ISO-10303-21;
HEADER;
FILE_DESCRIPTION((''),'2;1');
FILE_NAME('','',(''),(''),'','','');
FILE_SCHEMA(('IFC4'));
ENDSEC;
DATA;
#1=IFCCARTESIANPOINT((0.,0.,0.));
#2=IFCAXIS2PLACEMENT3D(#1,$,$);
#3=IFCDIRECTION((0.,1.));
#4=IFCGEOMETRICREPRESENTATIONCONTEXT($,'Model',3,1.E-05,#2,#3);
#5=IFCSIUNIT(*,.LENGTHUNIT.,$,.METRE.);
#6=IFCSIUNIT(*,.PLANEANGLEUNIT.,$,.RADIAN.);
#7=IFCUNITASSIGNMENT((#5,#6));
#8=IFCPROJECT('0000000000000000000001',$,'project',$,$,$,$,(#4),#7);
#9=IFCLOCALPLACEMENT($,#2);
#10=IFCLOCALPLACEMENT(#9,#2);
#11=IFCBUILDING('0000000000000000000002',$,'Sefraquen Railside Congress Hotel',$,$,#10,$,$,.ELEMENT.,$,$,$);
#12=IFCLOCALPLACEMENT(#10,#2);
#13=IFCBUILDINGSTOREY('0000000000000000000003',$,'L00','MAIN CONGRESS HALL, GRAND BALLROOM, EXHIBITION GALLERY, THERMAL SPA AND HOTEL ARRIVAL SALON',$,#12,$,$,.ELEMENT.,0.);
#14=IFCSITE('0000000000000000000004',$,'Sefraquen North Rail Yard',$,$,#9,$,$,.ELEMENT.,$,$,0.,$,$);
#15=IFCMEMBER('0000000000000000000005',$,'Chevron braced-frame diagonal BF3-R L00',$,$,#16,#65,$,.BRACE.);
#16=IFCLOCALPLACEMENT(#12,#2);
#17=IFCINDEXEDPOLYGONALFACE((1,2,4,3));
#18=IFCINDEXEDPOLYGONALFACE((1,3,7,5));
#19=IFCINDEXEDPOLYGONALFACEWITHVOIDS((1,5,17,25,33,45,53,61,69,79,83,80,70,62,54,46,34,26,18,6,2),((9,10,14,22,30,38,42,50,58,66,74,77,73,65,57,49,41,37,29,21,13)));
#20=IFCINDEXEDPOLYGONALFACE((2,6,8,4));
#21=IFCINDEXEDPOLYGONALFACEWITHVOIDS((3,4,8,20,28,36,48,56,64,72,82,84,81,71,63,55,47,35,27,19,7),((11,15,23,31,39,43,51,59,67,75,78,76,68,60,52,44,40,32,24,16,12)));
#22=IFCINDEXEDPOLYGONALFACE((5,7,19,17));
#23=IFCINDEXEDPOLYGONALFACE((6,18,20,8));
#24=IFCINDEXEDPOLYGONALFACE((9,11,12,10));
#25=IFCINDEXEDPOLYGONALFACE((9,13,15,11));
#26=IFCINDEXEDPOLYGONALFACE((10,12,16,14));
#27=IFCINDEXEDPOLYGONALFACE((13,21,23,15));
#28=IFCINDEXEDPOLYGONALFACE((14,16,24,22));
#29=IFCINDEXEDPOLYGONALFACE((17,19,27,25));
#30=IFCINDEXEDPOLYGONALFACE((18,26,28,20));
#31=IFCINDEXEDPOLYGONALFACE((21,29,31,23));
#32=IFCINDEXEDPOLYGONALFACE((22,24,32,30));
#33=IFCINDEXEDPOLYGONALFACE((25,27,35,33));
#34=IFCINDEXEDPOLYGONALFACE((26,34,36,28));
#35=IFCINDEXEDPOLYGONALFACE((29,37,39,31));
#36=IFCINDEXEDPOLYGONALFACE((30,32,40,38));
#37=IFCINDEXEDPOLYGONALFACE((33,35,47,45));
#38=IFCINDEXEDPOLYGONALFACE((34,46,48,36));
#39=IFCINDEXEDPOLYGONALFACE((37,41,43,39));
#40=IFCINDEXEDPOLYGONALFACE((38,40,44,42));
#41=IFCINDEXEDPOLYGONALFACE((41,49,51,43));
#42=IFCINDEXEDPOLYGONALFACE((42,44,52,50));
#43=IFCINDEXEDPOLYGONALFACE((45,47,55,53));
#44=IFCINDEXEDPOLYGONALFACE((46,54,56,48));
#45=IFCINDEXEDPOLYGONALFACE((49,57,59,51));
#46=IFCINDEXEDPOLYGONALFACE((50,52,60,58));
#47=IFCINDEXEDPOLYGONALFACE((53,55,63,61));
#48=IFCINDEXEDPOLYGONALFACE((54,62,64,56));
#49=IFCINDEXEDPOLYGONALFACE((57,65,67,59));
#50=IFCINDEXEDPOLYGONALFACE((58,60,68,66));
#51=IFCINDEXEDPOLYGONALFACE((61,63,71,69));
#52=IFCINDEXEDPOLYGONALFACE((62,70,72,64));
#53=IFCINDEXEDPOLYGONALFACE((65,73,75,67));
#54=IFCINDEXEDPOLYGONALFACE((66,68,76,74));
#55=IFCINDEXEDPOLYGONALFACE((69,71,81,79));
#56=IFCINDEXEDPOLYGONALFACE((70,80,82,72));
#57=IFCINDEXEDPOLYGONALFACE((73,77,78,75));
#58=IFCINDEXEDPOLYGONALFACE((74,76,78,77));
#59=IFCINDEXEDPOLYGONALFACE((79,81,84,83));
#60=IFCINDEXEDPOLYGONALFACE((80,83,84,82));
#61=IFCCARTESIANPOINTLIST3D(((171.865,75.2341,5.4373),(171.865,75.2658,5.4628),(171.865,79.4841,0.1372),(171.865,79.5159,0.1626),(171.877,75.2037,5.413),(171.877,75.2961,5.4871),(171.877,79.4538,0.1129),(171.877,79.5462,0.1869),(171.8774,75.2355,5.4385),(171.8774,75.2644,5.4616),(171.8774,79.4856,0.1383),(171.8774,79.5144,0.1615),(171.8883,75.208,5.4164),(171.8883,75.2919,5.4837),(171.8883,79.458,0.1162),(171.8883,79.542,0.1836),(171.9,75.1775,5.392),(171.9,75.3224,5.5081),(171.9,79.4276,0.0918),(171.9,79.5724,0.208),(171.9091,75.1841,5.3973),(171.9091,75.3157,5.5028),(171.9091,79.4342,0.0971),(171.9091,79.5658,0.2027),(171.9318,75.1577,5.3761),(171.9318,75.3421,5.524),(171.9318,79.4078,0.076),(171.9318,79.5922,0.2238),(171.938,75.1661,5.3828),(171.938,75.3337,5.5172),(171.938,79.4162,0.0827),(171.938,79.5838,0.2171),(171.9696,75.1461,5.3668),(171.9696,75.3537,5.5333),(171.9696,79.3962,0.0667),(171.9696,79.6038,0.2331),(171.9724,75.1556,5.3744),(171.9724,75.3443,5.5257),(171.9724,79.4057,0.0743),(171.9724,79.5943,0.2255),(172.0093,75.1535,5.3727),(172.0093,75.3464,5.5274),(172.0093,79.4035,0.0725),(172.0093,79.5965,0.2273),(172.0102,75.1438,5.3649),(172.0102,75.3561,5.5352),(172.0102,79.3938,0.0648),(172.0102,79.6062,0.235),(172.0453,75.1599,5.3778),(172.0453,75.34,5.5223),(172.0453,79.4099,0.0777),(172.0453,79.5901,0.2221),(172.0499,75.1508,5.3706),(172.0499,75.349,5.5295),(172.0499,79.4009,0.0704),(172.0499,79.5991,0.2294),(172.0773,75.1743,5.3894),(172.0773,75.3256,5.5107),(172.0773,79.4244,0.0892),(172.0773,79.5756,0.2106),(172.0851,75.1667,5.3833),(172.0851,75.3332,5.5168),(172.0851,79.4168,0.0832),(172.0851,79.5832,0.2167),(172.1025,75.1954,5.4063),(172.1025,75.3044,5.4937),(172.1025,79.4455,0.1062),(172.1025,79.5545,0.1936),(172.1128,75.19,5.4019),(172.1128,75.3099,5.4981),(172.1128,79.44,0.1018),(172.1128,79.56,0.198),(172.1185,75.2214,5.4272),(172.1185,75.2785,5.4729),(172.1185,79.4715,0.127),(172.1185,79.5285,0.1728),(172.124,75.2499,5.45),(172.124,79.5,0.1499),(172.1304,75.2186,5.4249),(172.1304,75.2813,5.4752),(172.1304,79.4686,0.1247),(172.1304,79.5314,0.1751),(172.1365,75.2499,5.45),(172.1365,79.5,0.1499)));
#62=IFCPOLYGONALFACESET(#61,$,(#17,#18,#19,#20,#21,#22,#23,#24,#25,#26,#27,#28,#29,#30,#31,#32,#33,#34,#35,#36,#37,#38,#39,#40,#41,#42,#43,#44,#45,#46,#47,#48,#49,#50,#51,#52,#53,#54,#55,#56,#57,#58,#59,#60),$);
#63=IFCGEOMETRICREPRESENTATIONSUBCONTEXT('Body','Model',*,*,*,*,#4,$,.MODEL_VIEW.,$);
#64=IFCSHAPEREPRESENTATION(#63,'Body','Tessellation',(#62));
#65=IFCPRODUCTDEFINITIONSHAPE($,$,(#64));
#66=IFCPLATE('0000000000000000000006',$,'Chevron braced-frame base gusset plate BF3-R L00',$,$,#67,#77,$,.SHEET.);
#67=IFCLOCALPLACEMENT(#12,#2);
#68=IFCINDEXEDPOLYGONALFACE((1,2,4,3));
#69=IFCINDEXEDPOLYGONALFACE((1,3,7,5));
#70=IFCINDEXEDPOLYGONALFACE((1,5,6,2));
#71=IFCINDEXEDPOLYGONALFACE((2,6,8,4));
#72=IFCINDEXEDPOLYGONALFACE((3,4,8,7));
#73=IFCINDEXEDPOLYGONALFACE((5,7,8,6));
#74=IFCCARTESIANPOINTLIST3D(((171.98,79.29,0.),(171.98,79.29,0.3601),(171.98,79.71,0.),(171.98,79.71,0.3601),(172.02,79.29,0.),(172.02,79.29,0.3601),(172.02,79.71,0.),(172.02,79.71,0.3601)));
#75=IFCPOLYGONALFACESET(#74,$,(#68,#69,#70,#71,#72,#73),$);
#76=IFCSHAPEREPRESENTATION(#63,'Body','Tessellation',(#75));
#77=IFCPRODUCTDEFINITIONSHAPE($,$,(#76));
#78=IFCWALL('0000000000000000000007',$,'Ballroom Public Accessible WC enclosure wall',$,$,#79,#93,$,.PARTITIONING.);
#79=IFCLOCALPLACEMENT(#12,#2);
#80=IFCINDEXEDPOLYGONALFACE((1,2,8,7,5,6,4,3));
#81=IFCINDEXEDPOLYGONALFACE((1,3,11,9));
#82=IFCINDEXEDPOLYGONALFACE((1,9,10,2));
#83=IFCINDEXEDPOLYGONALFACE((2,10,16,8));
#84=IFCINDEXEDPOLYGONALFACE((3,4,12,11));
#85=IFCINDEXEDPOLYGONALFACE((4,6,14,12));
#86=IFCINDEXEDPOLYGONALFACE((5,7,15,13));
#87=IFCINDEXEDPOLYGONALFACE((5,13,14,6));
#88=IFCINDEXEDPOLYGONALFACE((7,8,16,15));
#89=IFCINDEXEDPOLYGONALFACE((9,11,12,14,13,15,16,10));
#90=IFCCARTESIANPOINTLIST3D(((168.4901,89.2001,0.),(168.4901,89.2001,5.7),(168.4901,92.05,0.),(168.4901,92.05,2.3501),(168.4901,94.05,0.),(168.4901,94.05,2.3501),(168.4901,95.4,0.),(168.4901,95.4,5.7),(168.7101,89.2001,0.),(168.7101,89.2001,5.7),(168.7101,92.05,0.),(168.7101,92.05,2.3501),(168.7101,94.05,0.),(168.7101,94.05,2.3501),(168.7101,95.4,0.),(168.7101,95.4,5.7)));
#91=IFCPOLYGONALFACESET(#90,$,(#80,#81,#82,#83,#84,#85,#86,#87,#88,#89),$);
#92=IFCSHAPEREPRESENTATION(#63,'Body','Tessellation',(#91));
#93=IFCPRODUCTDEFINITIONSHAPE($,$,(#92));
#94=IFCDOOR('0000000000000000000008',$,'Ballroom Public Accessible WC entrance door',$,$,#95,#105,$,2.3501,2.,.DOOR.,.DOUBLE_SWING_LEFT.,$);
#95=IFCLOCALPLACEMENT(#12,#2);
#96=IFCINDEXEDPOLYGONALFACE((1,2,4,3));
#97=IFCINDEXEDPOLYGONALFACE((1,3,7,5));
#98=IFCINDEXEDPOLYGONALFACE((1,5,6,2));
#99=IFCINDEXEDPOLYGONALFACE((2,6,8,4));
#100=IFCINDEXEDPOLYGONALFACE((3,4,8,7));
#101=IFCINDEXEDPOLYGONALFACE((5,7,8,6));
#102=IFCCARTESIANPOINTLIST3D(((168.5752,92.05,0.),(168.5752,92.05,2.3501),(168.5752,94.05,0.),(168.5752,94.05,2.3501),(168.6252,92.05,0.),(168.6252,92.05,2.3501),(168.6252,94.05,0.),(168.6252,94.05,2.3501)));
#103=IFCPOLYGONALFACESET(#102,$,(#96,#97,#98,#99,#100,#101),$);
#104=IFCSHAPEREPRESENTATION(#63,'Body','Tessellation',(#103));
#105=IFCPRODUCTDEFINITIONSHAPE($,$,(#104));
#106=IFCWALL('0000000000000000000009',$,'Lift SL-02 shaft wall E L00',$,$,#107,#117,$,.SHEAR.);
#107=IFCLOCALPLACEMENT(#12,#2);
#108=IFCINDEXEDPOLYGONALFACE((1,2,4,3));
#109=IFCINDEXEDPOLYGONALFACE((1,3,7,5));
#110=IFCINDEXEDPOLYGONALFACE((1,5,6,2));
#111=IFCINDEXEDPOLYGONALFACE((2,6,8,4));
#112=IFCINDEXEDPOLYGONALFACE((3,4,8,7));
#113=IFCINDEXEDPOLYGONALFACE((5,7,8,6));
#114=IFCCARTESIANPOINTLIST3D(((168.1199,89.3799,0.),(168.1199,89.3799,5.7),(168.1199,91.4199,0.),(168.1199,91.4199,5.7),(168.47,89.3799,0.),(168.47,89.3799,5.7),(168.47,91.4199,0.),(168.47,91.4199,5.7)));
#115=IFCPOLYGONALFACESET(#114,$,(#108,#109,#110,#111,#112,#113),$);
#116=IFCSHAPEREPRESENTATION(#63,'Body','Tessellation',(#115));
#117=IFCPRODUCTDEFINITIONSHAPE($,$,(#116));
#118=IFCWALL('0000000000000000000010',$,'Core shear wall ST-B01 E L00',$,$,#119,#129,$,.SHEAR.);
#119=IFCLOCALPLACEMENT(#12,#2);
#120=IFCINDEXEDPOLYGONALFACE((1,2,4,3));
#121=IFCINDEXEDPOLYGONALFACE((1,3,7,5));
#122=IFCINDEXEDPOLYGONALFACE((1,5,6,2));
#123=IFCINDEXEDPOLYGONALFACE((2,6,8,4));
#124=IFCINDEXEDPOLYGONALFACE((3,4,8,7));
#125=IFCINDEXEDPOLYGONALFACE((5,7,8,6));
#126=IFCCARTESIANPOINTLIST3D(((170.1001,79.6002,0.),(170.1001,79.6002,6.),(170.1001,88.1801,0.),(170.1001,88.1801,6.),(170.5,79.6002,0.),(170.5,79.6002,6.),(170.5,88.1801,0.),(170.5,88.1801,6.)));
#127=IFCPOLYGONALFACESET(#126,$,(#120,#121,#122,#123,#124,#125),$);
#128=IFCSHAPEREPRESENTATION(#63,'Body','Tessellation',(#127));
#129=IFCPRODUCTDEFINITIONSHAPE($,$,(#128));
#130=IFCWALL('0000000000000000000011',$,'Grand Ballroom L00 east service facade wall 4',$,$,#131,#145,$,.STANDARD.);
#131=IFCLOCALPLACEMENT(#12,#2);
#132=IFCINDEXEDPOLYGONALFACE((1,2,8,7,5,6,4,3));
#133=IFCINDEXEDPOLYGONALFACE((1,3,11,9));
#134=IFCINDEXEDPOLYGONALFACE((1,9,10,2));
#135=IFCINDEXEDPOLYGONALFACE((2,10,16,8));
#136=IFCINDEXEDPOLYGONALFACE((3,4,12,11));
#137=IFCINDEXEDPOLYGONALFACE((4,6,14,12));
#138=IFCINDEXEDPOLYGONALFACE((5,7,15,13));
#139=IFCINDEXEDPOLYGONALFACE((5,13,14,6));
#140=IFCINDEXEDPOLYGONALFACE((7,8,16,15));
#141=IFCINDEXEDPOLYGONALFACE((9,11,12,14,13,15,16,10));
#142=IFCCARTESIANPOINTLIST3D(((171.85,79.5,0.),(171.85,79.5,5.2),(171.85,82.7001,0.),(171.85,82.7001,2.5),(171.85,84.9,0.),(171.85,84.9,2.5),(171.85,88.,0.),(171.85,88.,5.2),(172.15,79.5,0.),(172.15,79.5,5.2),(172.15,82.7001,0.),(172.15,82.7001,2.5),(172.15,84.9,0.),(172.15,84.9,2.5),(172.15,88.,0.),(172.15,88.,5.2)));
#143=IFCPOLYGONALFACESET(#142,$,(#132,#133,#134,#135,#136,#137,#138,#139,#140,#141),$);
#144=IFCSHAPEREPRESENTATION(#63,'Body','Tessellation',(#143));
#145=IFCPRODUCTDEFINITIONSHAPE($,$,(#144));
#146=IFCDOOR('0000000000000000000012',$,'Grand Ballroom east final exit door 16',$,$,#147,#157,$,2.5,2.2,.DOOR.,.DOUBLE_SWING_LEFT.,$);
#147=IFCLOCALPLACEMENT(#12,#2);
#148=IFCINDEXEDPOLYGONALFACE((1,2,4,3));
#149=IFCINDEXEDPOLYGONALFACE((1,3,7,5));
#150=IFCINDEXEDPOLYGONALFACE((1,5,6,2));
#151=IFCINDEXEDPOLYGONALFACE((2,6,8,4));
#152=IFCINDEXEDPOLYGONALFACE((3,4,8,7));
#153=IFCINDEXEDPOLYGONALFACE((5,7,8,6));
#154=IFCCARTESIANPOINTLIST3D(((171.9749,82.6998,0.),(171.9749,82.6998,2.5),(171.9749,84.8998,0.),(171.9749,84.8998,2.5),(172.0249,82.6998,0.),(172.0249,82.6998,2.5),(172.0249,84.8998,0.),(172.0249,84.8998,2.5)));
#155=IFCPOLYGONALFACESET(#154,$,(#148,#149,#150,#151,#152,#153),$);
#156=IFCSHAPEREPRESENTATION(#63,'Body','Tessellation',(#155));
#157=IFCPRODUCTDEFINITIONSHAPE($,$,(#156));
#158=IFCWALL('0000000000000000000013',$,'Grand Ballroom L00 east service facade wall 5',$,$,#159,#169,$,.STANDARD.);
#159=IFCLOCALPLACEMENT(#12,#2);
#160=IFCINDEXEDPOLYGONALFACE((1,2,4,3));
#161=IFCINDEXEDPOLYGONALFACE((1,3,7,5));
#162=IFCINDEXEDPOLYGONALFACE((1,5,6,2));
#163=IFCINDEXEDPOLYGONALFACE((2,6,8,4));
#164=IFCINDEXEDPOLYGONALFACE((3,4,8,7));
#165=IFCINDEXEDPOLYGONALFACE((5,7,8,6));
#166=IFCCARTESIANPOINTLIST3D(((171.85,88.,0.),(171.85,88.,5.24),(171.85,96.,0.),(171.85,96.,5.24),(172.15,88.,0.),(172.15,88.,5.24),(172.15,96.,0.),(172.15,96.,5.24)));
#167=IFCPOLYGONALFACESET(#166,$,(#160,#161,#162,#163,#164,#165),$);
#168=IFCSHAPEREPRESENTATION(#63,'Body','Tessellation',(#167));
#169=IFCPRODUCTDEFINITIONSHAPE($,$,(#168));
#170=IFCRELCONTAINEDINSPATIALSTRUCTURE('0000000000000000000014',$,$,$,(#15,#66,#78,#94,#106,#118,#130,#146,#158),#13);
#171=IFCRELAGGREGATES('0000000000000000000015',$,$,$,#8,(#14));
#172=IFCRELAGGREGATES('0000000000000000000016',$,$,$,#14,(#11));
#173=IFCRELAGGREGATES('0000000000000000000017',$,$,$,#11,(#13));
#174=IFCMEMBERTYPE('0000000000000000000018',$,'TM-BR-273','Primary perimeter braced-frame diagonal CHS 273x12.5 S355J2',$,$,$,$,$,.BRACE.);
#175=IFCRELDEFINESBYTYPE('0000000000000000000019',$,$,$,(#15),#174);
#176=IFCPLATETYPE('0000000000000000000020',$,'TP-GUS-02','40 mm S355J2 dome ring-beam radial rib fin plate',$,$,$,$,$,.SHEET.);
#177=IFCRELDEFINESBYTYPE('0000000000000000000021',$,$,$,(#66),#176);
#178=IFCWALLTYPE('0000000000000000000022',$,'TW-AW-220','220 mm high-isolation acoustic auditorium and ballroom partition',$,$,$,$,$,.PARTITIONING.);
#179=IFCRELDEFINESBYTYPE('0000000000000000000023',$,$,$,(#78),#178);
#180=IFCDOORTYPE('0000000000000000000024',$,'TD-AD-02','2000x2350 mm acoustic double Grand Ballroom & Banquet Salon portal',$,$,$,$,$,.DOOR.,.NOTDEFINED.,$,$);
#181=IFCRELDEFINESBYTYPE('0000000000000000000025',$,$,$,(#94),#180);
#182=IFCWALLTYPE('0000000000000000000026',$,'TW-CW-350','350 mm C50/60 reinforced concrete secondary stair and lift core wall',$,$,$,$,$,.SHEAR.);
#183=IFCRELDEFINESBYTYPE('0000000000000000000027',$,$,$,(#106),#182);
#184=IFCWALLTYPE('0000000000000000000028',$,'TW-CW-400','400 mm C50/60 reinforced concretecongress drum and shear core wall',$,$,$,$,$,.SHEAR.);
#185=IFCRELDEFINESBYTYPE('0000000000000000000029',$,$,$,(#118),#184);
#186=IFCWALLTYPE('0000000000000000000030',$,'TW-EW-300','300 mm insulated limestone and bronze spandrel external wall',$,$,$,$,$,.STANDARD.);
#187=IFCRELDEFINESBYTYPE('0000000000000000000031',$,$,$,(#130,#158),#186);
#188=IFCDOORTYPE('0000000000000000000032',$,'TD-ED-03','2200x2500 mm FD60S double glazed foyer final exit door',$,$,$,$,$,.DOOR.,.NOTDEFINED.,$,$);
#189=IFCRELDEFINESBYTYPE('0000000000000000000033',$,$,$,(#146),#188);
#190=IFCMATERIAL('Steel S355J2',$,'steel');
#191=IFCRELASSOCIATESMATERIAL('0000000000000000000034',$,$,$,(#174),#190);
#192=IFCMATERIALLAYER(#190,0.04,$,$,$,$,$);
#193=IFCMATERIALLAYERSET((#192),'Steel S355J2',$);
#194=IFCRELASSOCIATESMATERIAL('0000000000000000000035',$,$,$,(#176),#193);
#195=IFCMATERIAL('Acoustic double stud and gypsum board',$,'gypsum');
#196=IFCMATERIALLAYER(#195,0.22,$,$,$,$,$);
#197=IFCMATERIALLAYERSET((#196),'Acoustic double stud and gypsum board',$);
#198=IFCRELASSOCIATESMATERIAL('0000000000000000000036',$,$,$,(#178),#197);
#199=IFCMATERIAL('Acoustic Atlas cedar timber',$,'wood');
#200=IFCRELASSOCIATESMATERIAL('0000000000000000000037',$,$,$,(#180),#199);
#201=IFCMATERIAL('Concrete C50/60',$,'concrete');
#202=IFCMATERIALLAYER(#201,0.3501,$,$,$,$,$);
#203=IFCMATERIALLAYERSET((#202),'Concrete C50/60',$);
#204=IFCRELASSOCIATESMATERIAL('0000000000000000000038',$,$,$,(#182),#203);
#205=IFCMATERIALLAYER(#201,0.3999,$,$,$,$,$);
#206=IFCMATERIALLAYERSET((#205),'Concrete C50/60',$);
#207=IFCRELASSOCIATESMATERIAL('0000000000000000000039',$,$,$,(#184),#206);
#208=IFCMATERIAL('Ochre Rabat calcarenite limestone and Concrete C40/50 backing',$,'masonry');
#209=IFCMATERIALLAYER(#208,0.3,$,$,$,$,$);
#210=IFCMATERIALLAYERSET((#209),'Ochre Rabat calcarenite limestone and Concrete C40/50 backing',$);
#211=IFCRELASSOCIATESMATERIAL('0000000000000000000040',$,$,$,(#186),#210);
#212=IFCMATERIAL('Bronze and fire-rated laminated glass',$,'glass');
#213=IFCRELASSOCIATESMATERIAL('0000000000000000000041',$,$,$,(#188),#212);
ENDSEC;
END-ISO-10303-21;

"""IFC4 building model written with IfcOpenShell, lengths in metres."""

from ifc_helpers import new_model, si_unit, direction, frame, frame_2d, origin, origin_2d, place, context, subcontext, project, spatial, rectangle, hollow_circle, extrude, material, layer, layer_set, material_profile, profile_set, type_object, element, fill, save


model = new_model("IFC4")

# Units and contexts
model_context = context("Model", 3, precision=1e-05, world=origin(), true_north=direction((0.0, 1.0)))
body_context = subcontext(model_context, "Body", "Model", "MODEL_VIEW")
ifc_project = project(units=[si_unit("LENGTHUNIT", "METRE"), si_unit("PLANEANGLEUNIT", "RADIAN")], contexts=[model_context])

# Site, building, storey
site_placement = place(None, origin())
site = spatial("IfcSite", under=ifc_project, at=site_placement, Name="Sefraquen North Rail Yard", CompositionType="ELEMENT", RefElevation=0.0)
building_placement = place(site_placement, origin())
building = spatial("IfcBuilding", under=site, at=building_placement, Name="Sefraquen Railside Congress Hotel", CompositionType="ELEMENT")
storey_placement = place(building_placement, origin())
storey = spatial("IfcBuildingStorey", under=building, at=storey_placement, Name="L00", Description="MAIN CONGRESS HALL, GRAND BALLROOM, EXHIBITION GALLERY, THERMAL SPA AND HOTEL ARRIVAL SALON", CompositionType="ELEMENT", Elevation=0.0)

# Shared definitions
ifc_material_1 = material(Name="Steel S355J2", Category="steel")

# Member
ifc_material_profile_1 = material_profile(ifc_material_1, hollow_circle(Radius=0.1365, WallThickness=0.0125, at=origin_2d()), Name="CHS 273x12.5")
ifc_profile_set_1 = profile_set([ifc_material_profile_1], Name="Steel S355J2")
member_type = type_object("IfcMemberType", Name="TM-BR-273", Description="Primary perimeter braced-frame diagonal CHS 273x12.5 S355J2", PredefinedType="BRACE", material=ifc_profile_set_1)
member_placement = place(storey_placement, frame((172.0, 79.5, 0.1499), z_axis=(0.0, -0.625589, 0.780153), x_axis=(1.0, 0.0, 0.0)))
element("IfcMember", 1, at=member_placement, inside=storey, type_object=member_type, Name="Chevron braced-frame diagonal BF3-R L00", PredefinedType="BRACE", context=body_context, shape_type="SweptSolid", body=[
    extrude(hollow_circle(Radius=0.1365, WallThickness=0.0125, at=origin_2d()), origin(), (0.0, 0.0, 1.0), 6.7937),
])

# Plate
ifc_layer_1 = layer(ifc_material_1, 0.04)
ifc_layer_set_1 = layer_set([ifc_layer_1], Name="Steel S355J2")
plate_type = type_object("IfcPlateType", Name="TP-GUS-02", Description="40 mm S355J2 dome ring-beam radial rib fin plate", PredefinedType="SHEET", material=ifc_layer_set_1)
plate_placement = place(storey_placement, frame((172.0, 79.5, 0.0), z_axis=(0.0, 0.0, 1.0), x_axis=(0.0, 1.0, 0.0)))
element("IfcPlate", 2, at=plate_placement, inside=storey, type_object=plate_type, Name="Chevron braced-frame base gusset plate BF3-R L00", PredefinedType="SHEET", context=body_context, shape_type="SweptSolid", body=[
    extrude(rectangle(XDim=0.4199, YDim=0.04, at=origin_2d()), origin(), (0.0, 0.0, 1.0), 0.3601),
])

# Wall, opening, door
ifc_material_2 = material(Name="Acoustic double stud and gypsum board", Category="gypsum")
ifc_layer_2 = layer(ifc_material_2, 0.22)
ifc_layer_set_2 = layer_set([ifc_layer_2], Name="Acoustic double stud and gypsum board")
wall_type_1 = type_object("IfcWallType", Name="TW-AW-220", Description="220 mm high-isolation acoustic auditorium and ballroom partition", PredefinedType="PARTITIONING", material=ifc_layer_set_2)
wall_1_placement = place(storey_placement, frame((168.6001, 89.2, 0.0), z_axis=(0.0, 0.0, 1.0), x_axis=(0.0, 1.0, 0.0)))
wall_1 = element("IfcWall", 3, at=wall_1_placement, inside=storey, type_object=wall_type_1, Name="Ballroom Public Accessible WC enclosure wall", PredefinedType="PARTITIONING", context=body_context, shape_type="SweptSolid", body=[
    extrude(rectangle(XDim=6.2, YDim=0.22, at=frame_2d((3.1001, 0.0))), origin(), (0.0, 0.0, 1.0), 5.7),
])
opening_1_placement = place(wall_1_placement, frame((2.8501, 0.0, 0.0)))
opening_1 = element("IfcOpeningElement", 4, at=opening_1_placement, cuts=wall_1, PredefinedType="OPENING", context=body_context, shape_type="SweptSolid", body=[
    extrude(rectangle(XDim=2.0, YDim=2.3501, at=frame_2d((1.0, 1.175))), frame((0.0, 0.1199, 0.0), z_axis=(0.0, -1.0, 0.0), x_axis=(1.0, 0.0, 0.0)), (0.0, 0.0, 1.0), 0.24),
])
ifc_material_3 = material(Name="Acoustic Atlas cedar timber", Category="wood")
door_type_1 = type_object("IfcDoorType", Name="TD-AD-02", Description="2000x2350 mm acoustic double Grand Ballroom & Banquet Salon portal", OperationType="NOTDEFINED", PredefinedType="DOOR", material=ifc_material_3)
door_1_placement = place(opening_1_placement, origin())
door_1 = element("IfcDoor", 5, at=door_1_placement, inside=storey, type_object=door_type_1, Name="Ballroom Public Accessible WC entrance door", OperationType="DOUBLE_SWING_LEFT", OverallHeight=2.3501, OverallWidth=2.0, PredefinedType="DOOR", context=body_context, shape_type="SweptSolid", body=[
    extrude(rectangle(XDim=2.0, YDim=2.3501, at=frame_2d((1.0, 1.175))), frame((0.0, 0.0249, 0.0), z_axis=(0.0, -1.0, 0.0), x_axis=(1.0, 0.0, 0.0)), (0.0, 0.0, 1.0), 0.05),
])
fill(opening_1, door_1)

# Walls
ifc_material_4 = material(Name="Concrete C50/60", Category="concrete")
ifc_layer_3 = layer(ifc_material_4, 0.3501)
ifc_layer_set_3 = layer_set([ifc_layer_3], Name="Concrete C50/60")
wall_type_2 = type_object("IfcWallType", Name="TW-CW-350", Description="350 mm C50/60 reinforced concrete secondary stair and lift core wall", PredefinedType="SHEAR", material=ifc_layer_set_3)
wall_2_placement = place(storey_placement, frame((168.2949, 89.3799, 0.0), z_axis=(0.0, 0.0, 1.0), x_axis=(0.0, 1.0, 0.0)))
element("IfcWall", 6, at=wall_2_placement, inside=storey, type_object=wall_type_2, Name="Lift SL-02 shaft wall E L00", PredefinedType="SHEAR", context=body_context, shape_type="SweptSolid", body=[
    extrude(rectangle(XDim=2.04, YDim=0.3501, at=frame_2d((1.02, 0.0))), origin(), (0.0, 0.0, 1.0), 5.7),
])
ifc_layer_4 = layer(ifc_material_4, 0.3999)
ifc_layer_set_4 = layer_set([ifc_layer_4], Name="Concrete C50/60")
wall_type_3 = type_object("IfcWallType", Name="TW-CW-400", Description="400 mm C50/60 reinforced concretecongress drum and shear core wall", PredefinedType="SHEAR", material=ifc_layer_set_4)
wall_3_placement = place(storey_placement, frame((170.3, 79.6001, 0.0), z_axis=(0.0, 0.0, 1.0), x_axis=(0.0, 1.0, 0.0)))
element("IfcWall", 7, at=wall_3_placement, inside=storey, type_object=wall_type_3, Name="Core shear wall ST-B01 E L00", PredefinedType="SHEAR", context=body_context, shape_type="SweptSolid", body=[
    extrude(rectangle(XDim=8.5798, YDim=0.3999, at=frame_2d((4.29, 0.0))), origin(), (0.0, 0.0, 1.0), 6.0),
])

# Wall, opening, door
ifc_material_5 = material(Name="Ochre Rabat calcarenite limestone and Concrete C40/50 backing", Category="masonry")
ifc_layer_5 = layer(ifc_material_5, 0.3)
ifc_layer_set_5 = layer_set([ifc_layer_5], Name="Ochre Rabat calcarenite limestone and Concrete C40/50 backing")
wall_type_4 = type_object("IfcWallType", Name="TW-EW-300", Description="300 mm insulated limestone and bronze spandrel external wall", PredefinedType="STANDARD", material=ifc_layer_set_5)
wall_4_placement = place(storey_placement, frame((172.0, 79.5, 0.0), z_axis=(0.0, 0.0, 1.0), x_axis=(0.0, 1.0, 0.0)))
wall_4 = element("IfcWall", 8, at=wall_4_placement, inside=storey, type_object=wall_type_4, Name="Grand Ballroom L00 east service facade wall 4", PredefinedType="STANDARD", context=body_context, shape_type="SweptSolid", body=[
    extrude(rectangle(XDim=8.5, YDim=0.3, at=frame_2d((4.25, 0.0))), origin(), (0.0, 0.0, 1.0), 5.2),
])
opening_2_placement = place(wall_4_placement, frame((3.2, 0.0, 0.0)))
opening_2 = element("IfcOpeningElement", 9, at=opening_2_placement, cuts=wall_4, PredefinedType="OPENING", context=body_context, shape_type="SweptSolid", body=[
    extrude(rectangle(XDim=2.2, YDim=2.5, at=frame_2d((1.1001, 1.25))), frame((0.0, 0.1599, 0.0), z_axis=(0.0, -1.0, 0.0), x_axis=(1.0, 0.0, 0.0)), (0.0, 0.0, 1.0), 0.3201),
])
ifc_material_6 = material(Name="Bronze and fire-rated laminated glass", Category="glass")
door_type_2 = type_object("IfcDoorType", Name="TD-ED-03", Description="2200x2500 mm FD60S double glazed foyer final exit door", OperationType="NOTDEFINED", PredefinedType="DOOR", material=ifc_material_6)
door_2_placement = place(opening_2_placement, frame((2.2, 0.0, 0.0), z_axis=(0.0, 0.0, 1.0), x_axis=(-1.0, 0.0, 0.0)))
door_2 = element("IfcDoor", 10, at=door_2_placement, inside=storey, type_object=door_type_2, Name="Grand Ballroom east final exit door 16", OperationType="DOUBLE_SWING_LEFT", OverallHeight=2.5, OverallWidth=2.2, PredefinedType="DOOR", context=body_context, shape_type="SweptSolid", body=[
    extrude(rectangle(XDim=2.2, YDim=2.5, at=frame_2d((1.1001, 1.25))), frame((0.0, 0.0249, 0.0), z_axis=(0.0, -1.0, 0.0), x_axis=(1.0, 0.0, 0.0)), (0.0, 0.0, 1.0), 0.05),
])
fill(opening_2, door_2)

# Wall
wall_5_placement = place(storey_placement, frame((172.0, 88.0, 0.0), z_axis=(0.0, 0.0, 1.0), x_axis=(0.0, 1.0, 0.0)))
element("IfcWall", 11, at=wall_5_placement, inside=storey, type_object=wall_type_4, Name="Grand Ballroom L00 east service facade wall 5", PredefinedType="STANDARD", context=body_context, shape_type="SweptSolid", body=[
    extrude(rectangle(XDim=8.0, YDim=0.3, at=frame_2d((4.0, 0.0))), origin(), (0.0, 0.0, 1.0), 5.24),
])

save(model, "model.ifc")
